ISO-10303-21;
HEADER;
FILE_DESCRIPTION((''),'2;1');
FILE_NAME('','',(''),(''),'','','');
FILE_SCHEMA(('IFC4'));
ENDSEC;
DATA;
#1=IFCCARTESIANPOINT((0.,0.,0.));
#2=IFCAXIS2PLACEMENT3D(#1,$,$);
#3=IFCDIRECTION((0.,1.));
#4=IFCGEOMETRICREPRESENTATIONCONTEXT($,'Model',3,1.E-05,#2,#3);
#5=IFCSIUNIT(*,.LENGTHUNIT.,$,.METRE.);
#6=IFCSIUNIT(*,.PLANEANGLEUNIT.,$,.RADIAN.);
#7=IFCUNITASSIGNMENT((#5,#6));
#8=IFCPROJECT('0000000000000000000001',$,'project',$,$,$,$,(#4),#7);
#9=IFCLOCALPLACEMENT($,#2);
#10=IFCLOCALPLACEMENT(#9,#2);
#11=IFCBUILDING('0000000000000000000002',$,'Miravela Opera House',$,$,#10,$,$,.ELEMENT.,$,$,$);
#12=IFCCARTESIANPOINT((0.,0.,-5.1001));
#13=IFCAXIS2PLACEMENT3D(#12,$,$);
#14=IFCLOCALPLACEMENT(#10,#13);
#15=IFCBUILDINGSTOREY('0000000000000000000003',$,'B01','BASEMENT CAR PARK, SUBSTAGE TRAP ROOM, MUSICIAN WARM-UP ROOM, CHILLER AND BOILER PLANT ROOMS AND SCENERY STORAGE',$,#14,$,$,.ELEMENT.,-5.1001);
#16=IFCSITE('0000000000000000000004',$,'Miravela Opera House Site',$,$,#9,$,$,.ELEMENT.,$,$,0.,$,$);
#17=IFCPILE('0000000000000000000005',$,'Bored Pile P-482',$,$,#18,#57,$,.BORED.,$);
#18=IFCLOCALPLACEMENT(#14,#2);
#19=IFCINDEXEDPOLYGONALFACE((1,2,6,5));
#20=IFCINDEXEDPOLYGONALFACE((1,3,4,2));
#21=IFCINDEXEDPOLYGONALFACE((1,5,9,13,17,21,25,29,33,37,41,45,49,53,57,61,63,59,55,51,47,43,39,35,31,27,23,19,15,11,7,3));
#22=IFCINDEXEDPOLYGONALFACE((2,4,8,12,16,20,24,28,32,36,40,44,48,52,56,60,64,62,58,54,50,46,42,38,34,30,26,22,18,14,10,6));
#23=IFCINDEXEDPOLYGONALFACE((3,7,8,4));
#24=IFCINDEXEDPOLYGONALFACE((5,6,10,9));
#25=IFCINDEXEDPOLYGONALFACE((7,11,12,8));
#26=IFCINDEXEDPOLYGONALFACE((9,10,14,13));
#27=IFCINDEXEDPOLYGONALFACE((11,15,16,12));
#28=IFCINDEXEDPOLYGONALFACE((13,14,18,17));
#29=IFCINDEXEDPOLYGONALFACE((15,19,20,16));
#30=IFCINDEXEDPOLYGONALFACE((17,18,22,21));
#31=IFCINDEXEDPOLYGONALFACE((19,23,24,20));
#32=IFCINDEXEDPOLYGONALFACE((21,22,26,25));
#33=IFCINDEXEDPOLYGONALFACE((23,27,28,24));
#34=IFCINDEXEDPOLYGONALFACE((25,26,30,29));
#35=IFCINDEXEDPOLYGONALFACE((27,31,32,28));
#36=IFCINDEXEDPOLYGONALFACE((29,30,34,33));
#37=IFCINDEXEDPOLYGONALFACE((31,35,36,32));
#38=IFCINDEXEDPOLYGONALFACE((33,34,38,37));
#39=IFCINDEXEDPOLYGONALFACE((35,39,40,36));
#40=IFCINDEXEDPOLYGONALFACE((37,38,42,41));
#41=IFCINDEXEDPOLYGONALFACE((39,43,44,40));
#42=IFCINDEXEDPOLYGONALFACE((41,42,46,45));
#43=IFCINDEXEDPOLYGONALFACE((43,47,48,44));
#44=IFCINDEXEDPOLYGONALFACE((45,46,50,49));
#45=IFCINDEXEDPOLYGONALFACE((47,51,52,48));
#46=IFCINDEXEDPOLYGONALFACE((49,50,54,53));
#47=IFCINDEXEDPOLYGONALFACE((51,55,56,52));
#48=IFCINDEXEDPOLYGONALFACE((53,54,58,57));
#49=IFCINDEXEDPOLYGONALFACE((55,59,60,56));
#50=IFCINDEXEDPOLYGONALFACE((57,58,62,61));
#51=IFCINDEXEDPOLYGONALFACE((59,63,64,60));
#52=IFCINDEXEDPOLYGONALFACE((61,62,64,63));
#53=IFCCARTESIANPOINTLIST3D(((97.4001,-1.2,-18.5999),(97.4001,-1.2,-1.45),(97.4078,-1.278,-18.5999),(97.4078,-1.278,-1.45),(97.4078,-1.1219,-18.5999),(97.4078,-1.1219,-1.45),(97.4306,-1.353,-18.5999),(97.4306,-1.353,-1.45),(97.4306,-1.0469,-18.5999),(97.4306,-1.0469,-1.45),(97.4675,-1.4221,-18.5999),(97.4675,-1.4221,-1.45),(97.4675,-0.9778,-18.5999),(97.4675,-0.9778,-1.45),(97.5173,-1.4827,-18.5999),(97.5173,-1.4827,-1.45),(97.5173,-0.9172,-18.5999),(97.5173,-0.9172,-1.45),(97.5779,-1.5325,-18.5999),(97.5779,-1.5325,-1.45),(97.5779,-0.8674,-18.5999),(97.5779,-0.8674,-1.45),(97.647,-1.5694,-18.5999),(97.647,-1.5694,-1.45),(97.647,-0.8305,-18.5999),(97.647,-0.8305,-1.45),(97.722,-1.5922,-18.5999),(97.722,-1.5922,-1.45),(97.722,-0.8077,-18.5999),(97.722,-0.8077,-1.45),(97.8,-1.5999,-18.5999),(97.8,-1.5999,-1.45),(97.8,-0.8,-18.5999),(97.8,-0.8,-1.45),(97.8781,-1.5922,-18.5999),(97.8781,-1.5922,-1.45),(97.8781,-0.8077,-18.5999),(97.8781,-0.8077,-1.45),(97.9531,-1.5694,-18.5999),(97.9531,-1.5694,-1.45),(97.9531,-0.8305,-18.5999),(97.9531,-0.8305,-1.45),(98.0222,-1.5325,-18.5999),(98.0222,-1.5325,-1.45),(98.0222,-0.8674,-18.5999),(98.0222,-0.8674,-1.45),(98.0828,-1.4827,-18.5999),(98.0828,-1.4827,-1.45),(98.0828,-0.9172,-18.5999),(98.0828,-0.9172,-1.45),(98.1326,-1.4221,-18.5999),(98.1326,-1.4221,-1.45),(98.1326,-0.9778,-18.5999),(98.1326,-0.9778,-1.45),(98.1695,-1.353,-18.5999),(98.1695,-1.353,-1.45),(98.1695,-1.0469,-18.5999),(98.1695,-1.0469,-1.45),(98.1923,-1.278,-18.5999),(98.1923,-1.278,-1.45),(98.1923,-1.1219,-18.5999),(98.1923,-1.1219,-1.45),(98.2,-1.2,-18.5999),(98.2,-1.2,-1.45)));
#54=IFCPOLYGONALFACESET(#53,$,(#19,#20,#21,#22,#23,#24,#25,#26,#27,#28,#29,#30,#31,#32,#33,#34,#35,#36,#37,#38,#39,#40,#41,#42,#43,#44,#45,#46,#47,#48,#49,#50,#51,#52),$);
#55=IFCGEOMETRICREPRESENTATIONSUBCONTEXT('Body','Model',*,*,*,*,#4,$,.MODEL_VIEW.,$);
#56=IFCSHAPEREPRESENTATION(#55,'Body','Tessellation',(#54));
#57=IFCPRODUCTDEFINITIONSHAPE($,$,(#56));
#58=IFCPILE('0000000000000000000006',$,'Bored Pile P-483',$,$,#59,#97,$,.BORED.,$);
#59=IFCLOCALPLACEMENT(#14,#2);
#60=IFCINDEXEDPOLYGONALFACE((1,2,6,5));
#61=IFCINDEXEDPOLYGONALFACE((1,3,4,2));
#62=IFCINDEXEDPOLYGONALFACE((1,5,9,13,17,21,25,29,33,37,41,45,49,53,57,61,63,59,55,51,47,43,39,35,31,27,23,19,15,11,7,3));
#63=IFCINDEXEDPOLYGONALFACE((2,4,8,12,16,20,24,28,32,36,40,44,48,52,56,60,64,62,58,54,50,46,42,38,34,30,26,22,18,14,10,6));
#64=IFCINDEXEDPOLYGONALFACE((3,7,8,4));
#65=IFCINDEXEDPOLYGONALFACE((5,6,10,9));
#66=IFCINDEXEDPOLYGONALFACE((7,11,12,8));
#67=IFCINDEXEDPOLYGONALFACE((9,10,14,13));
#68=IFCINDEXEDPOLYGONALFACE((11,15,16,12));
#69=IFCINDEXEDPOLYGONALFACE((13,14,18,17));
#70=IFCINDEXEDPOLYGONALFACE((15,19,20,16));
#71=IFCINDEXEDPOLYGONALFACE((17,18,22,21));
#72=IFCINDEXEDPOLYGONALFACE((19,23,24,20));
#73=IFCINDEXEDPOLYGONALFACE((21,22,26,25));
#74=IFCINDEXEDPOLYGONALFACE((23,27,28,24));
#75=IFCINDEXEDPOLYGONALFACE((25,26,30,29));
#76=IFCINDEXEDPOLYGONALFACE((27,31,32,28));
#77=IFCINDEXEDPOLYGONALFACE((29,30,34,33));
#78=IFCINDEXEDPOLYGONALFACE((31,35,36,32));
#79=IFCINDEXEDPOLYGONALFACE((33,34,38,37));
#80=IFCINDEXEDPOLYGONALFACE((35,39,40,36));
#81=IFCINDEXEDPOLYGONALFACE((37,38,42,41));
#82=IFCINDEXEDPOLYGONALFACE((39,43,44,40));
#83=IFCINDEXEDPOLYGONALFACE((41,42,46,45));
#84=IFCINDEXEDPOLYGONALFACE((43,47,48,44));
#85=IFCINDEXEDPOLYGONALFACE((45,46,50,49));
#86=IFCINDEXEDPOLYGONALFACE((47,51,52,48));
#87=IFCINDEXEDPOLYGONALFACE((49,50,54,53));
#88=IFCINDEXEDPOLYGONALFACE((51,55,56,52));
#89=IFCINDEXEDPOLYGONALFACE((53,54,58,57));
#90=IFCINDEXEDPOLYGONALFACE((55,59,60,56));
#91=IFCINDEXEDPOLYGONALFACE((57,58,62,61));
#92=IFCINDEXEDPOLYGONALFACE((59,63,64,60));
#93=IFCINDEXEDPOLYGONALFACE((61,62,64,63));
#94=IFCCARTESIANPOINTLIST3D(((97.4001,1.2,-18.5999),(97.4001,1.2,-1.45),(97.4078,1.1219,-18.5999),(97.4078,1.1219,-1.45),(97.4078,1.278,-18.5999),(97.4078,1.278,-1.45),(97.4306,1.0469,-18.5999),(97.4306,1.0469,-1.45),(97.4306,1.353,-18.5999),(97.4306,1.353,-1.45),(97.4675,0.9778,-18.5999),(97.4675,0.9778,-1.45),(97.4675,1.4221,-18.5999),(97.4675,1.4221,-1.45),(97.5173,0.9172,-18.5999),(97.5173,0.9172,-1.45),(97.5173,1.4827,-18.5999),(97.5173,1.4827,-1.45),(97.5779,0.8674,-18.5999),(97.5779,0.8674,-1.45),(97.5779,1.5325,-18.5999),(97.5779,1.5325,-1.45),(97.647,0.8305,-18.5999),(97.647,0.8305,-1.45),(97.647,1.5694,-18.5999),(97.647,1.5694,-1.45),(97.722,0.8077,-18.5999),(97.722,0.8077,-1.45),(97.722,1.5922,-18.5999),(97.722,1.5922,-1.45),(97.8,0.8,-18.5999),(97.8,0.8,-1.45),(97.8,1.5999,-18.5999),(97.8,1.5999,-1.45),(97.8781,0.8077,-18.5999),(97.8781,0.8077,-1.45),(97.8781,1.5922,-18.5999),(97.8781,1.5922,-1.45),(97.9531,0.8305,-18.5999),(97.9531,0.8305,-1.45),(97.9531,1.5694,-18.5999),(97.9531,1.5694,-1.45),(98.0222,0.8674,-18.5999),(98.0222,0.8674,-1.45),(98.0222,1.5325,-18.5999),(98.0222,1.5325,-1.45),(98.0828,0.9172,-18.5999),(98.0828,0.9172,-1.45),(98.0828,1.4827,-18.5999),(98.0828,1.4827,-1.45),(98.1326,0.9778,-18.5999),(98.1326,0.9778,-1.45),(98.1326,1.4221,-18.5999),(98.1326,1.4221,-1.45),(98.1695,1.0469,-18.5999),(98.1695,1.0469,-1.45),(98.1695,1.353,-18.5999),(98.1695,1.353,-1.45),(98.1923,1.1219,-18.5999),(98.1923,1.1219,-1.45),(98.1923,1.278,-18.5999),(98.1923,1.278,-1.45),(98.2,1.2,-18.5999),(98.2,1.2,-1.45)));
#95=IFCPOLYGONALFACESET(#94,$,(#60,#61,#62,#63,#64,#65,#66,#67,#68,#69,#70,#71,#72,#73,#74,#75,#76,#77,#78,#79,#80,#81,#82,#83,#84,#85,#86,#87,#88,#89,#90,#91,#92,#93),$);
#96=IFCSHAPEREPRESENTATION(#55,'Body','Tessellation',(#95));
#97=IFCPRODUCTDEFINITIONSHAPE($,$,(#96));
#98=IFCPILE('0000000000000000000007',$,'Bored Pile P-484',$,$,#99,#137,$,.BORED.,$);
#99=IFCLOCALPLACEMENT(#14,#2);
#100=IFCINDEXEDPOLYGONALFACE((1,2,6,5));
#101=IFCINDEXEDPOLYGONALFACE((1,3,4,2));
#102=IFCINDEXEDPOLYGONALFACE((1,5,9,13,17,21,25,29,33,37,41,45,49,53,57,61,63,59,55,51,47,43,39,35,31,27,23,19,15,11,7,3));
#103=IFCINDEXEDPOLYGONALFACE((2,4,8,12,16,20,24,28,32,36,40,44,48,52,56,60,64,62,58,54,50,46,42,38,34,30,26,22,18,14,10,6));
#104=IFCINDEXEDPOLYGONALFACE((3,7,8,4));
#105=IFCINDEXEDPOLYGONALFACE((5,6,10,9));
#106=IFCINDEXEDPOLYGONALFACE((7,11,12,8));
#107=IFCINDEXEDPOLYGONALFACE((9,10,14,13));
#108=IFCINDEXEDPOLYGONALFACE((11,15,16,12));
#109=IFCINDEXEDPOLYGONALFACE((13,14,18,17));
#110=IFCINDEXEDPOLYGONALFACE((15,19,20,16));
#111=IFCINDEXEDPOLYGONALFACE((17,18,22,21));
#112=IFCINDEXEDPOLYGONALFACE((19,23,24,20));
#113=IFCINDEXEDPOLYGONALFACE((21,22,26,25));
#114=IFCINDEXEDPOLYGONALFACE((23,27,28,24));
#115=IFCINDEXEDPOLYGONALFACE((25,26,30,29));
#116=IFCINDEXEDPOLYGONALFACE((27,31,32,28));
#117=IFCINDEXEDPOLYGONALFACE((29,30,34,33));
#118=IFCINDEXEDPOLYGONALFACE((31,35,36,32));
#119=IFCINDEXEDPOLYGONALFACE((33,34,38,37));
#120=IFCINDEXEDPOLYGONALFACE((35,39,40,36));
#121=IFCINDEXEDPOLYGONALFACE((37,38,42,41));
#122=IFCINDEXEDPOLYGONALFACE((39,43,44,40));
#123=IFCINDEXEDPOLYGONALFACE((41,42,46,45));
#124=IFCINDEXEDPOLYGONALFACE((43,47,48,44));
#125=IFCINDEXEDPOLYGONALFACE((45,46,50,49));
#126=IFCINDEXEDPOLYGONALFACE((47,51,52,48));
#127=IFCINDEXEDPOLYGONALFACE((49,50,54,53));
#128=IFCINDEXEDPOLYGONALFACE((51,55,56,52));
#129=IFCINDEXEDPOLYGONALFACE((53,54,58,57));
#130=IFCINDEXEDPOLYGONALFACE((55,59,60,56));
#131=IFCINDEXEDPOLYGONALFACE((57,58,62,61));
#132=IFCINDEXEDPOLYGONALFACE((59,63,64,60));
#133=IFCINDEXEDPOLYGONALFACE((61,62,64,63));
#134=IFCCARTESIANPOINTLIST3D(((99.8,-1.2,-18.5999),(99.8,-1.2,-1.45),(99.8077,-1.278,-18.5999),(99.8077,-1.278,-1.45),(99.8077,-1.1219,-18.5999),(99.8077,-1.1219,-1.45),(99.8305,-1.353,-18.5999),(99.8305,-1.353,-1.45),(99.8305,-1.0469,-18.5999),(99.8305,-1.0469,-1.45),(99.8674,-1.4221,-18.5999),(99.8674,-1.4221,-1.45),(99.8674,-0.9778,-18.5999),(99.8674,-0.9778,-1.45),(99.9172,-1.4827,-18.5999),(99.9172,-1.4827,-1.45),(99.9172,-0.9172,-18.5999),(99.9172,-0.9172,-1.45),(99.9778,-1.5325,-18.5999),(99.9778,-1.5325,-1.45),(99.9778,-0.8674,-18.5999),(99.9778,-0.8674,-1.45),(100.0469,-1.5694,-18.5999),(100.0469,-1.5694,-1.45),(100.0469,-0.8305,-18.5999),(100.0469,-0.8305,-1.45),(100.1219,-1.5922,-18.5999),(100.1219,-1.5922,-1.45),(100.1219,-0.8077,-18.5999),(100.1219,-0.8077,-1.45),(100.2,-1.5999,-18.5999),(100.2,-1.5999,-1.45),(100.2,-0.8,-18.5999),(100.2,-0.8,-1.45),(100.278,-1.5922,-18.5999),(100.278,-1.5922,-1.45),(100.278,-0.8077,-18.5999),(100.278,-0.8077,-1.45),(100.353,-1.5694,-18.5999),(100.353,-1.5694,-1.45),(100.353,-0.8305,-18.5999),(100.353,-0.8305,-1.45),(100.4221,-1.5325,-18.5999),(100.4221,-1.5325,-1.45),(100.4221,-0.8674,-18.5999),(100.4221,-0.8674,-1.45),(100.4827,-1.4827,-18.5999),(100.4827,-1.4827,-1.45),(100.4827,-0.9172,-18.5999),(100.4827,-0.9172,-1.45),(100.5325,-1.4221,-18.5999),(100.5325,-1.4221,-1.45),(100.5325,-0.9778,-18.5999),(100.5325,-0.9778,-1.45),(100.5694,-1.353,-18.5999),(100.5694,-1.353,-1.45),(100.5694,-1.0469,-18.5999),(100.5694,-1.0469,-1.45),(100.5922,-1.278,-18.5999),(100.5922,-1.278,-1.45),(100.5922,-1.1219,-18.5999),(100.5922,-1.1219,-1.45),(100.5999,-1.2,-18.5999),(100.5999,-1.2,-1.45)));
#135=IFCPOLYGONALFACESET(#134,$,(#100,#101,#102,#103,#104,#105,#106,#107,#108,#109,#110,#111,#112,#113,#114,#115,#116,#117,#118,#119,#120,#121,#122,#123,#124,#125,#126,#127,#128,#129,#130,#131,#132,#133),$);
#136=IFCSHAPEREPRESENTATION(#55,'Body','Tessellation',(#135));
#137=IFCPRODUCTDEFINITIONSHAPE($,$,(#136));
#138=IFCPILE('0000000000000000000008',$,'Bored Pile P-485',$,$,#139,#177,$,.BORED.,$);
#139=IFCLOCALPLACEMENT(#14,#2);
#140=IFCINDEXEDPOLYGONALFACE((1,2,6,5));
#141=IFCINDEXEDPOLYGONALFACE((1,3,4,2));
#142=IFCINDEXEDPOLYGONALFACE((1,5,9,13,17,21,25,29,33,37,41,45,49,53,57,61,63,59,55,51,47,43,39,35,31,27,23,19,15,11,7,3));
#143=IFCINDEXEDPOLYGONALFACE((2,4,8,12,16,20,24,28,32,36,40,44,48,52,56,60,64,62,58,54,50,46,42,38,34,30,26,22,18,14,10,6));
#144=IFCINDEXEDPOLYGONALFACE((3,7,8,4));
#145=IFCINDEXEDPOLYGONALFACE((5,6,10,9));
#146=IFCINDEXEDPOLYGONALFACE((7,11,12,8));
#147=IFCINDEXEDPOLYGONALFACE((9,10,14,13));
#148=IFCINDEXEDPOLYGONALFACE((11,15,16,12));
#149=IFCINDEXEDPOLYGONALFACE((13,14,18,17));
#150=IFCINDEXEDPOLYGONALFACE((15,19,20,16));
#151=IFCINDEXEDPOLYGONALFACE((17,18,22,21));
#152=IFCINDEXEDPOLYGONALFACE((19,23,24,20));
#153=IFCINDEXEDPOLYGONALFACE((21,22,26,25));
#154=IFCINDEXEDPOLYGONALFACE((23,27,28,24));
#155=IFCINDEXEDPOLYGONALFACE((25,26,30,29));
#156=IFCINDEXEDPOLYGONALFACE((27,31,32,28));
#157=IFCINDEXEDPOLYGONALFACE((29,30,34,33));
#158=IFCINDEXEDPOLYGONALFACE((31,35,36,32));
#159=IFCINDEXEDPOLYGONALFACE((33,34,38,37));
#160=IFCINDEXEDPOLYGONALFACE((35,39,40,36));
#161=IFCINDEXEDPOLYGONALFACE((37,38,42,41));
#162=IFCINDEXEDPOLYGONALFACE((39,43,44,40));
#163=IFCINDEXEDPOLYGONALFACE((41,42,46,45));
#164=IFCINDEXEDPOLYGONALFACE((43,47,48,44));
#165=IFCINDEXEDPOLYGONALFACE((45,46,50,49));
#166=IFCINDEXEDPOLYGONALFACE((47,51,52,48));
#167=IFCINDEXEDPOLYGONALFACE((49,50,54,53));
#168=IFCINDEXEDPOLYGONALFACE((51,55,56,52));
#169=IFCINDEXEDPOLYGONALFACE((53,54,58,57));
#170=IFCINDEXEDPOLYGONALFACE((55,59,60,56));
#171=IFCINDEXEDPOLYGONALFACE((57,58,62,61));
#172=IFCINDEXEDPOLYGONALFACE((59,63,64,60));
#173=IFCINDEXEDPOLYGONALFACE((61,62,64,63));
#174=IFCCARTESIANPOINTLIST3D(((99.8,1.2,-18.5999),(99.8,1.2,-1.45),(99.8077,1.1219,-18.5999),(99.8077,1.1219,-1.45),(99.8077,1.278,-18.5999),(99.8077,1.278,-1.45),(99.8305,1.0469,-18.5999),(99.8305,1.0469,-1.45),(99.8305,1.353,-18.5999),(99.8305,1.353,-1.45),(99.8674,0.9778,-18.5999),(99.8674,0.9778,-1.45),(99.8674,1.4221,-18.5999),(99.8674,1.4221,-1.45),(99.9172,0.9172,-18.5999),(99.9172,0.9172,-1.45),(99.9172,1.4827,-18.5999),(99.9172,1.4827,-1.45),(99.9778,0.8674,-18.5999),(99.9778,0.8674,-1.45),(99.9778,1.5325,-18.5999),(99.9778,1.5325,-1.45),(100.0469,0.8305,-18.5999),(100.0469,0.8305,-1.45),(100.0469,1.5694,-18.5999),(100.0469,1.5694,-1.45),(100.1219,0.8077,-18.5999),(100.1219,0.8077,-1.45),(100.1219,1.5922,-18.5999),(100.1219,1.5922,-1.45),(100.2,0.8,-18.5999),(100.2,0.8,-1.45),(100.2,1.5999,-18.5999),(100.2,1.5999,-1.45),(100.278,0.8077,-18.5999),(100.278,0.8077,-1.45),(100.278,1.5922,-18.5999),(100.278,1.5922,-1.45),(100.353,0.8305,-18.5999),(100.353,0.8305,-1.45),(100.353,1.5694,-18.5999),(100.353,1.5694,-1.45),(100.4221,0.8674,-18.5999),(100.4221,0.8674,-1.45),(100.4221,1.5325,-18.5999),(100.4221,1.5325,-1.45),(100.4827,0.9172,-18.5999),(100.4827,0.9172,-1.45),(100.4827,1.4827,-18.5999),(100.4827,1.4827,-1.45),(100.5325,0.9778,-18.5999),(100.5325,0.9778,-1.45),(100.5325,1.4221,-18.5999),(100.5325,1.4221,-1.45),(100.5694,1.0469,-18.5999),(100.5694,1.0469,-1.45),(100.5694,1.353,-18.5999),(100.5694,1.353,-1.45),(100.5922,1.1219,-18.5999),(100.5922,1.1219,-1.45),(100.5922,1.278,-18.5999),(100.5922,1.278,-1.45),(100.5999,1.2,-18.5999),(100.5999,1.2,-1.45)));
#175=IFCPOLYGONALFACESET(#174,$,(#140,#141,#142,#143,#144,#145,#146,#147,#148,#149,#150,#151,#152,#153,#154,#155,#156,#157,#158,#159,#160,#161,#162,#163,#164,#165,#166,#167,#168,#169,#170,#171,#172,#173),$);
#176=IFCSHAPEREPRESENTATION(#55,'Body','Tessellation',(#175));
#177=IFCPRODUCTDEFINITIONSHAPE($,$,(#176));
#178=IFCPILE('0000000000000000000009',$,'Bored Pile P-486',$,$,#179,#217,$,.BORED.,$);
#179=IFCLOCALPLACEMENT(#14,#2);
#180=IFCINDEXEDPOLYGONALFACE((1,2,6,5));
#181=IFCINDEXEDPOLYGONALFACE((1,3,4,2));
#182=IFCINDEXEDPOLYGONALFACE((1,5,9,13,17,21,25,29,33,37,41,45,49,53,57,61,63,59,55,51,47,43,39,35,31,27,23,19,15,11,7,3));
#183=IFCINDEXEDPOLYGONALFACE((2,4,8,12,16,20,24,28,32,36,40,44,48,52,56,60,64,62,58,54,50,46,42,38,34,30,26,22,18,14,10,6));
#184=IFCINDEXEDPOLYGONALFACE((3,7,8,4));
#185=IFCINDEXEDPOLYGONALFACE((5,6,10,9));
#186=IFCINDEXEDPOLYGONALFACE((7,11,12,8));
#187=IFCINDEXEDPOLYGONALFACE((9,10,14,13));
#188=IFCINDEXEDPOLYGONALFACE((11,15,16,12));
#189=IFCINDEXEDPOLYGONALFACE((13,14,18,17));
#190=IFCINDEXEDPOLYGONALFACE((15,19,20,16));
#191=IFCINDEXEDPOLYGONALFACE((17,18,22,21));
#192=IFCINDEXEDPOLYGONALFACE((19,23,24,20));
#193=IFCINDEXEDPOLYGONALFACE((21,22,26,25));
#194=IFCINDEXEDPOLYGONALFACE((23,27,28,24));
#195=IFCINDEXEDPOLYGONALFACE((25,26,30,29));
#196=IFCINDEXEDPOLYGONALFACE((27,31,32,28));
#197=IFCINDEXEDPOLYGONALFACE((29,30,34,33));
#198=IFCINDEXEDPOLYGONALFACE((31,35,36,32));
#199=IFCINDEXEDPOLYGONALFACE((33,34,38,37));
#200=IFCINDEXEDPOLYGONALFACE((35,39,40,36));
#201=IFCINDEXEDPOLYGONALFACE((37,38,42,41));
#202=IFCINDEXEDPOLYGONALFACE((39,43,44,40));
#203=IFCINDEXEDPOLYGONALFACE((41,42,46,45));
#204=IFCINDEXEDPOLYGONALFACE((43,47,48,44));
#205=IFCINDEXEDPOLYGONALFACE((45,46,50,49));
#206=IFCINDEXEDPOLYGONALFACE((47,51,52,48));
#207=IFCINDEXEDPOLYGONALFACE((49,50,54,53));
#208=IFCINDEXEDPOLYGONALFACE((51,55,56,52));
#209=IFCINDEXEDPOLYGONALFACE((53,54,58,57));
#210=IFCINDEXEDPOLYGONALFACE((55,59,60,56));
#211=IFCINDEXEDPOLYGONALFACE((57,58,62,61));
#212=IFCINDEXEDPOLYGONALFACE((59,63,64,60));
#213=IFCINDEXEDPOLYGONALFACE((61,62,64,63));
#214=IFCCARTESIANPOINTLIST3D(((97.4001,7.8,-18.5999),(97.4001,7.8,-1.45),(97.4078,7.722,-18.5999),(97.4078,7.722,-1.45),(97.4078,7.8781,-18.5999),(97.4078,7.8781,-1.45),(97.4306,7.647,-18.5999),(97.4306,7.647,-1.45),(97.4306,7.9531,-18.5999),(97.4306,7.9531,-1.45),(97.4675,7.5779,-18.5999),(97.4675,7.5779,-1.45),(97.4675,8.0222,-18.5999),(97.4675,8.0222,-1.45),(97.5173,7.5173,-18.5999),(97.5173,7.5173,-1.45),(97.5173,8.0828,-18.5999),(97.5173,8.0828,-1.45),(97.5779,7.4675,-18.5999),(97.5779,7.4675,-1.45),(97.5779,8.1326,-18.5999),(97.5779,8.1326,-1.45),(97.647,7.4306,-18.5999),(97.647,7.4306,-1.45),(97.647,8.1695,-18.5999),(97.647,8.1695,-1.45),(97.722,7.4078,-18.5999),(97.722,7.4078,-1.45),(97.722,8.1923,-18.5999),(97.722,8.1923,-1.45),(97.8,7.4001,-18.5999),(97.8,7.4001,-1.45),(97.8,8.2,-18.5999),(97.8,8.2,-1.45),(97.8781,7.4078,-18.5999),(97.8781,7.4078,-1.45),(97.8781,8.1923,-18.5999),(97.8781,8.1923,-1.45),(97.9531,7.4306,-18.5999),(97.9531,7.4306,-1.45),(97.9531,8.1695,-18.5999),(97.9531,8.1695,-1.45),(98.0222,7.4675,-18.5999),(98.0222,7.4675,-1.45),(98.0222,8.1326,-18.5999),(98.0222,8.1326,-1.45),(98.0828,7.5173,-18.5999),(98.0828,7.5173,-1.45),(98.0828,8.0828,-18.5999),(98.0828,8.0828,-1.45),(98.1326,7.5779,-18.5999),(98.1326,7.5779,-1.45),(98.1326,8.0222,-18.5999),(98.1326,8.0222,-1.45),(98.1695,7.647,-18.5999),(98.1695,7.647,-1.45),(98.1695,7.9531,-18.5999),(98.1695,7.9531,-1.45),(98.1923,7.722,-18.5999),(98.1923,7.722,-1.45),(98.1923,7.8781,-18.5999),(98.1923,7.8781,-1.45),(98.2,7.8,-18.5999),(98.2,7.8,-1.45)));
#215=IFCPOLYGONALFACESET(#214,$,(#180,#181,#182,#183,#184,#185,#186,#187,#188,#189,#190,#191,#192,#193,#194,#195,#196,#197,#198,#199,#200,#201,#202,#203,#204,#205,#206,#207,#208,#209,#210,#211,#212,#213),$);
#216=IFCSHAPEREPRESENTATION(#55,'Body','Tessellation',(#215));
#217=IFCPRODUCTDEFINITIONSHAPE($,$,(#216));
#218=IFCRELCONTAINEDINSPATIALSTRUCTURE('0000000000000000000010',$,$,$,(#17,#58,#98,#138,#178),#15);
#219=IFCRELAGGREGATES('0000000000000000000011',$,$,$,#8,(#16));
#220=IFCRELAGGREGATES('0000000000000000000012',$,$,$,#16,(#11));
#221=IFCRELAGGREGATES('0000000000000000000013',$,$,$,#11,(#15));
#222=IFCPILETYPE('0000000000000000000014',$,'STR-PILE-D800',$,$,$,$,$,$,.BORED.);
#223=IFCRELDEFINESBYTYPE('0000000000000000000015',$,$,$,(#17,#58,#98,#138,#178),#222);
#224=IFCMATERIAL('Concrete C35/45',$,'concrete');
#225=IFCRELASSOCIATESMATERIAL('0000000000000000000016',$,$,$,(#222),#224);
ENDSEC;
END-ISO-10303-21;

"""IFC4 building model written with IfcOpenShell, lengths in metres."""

from ifc_helpers import new_model, si_unit, direction, frame, origin, origin_2d, place, context, subcontext, project, spatial, circle, extrude, material, material_profile, profile_set, type_object, element, save


model = new_model("IFC4")

# Units and contexts
model_context = context("Model", 3, precision=1e-05, world=origin(), true_north=direction((0.0, 1.0)))
body_context = subcontext(model_context, "Body", "Model", "MODEL_VIEW")
ifc_project = project(units=[si_unit("LENGTHUNIT", "METRE"), si_unit("PLANEANGLEUNIT", "RADIAN")], contexts=[model_context])

# Site, building, storey
site_placement = place(None, origin())
site = spatial("IfcSite", under=ifc_project, at=site_placement, Name="Miravela Opera House Site", CompositionType="ELEMENT", RefElevation=0.0)
building_placement = place(site_placement, origin())
building = spatial("IfcBuilding", under=site, at=building_placement, Name="Miravela Opera House", CompositionType="ELEMENT")
storey_placement = place(building_placement, frame((0.0, 0.0, -5.1001)))
storey = spatial("IfcBuildingStorey", under=building, at=storey_placement, Name="B01", Description="BASEMENT CAR PARK, SUBSTAGE TRAP ROOM, MUSICIAN WARM-UP ROOM, CHILLER AND BOILER PLANT ROOMS AND SCENERY STORAGE", CompositionType="ELEMENT", Elevation=-5.1001)

# Shared definitions
ifc_material_1 = material(Name="Concrete C35/45", Category="concrete")

# Piles
ifc_material_profile_1 = material_profile(ifc_material_1, circle(Radius=0.3999, at=origin_2d()), Name="PILE-D800")
ifc_profile_set_1 = profile_set([ifc_material_profile_1])
pile_type_1 = type_object("IfcPileType", Name="STR-PILE-D800", PredefinedType="BORED", material=ifc_profile_set_1)
for number, where, z_axis, x_axis, name in (
    (1, (97.8, -1.2, -1.45), (0.0, 0.0, -1.0), (1.0, 0.0, 0.0), "Bored Pile P-482"),
    (2, (97.8, 1.2, -1.45), (0.0, 0.0, -1.0), (1.0, 0.0, 0.0), "Bored Pile P-483"),
    (3, (100.2, -1.2, -1.45), (0.0, 0.0, -1.0), (1.0, 0.0, 0.0), "Bored Pile P-484"),
    (4, (100.2, 1.2, -1.45), (0.0, 0.0, -1.0), (1.0, 0.0, 0.0), "Bored Pile P-485"),
    (5, (97.8, 7.8, -1.45), (0.0, 0.0, -1.0), (1.0, 0.0, 0.0), "Bored Pile P-486"),
):
    element("IfcPile", number, at=place(storey_placement, frame(where, z_axis=z_axis, x_axis=x_axis)), inside=storey, type_object=pile_type_1, Name=name, PredefinedType="BORED", context=body_context, shape_type="SweptSolid", body=[
        extrude(circle(Radius=0.3999, at=origin_2d()), origin(), (0.0, 0.0, 1.0), 17.1499),
    ])

save(model, "model.ifc")
